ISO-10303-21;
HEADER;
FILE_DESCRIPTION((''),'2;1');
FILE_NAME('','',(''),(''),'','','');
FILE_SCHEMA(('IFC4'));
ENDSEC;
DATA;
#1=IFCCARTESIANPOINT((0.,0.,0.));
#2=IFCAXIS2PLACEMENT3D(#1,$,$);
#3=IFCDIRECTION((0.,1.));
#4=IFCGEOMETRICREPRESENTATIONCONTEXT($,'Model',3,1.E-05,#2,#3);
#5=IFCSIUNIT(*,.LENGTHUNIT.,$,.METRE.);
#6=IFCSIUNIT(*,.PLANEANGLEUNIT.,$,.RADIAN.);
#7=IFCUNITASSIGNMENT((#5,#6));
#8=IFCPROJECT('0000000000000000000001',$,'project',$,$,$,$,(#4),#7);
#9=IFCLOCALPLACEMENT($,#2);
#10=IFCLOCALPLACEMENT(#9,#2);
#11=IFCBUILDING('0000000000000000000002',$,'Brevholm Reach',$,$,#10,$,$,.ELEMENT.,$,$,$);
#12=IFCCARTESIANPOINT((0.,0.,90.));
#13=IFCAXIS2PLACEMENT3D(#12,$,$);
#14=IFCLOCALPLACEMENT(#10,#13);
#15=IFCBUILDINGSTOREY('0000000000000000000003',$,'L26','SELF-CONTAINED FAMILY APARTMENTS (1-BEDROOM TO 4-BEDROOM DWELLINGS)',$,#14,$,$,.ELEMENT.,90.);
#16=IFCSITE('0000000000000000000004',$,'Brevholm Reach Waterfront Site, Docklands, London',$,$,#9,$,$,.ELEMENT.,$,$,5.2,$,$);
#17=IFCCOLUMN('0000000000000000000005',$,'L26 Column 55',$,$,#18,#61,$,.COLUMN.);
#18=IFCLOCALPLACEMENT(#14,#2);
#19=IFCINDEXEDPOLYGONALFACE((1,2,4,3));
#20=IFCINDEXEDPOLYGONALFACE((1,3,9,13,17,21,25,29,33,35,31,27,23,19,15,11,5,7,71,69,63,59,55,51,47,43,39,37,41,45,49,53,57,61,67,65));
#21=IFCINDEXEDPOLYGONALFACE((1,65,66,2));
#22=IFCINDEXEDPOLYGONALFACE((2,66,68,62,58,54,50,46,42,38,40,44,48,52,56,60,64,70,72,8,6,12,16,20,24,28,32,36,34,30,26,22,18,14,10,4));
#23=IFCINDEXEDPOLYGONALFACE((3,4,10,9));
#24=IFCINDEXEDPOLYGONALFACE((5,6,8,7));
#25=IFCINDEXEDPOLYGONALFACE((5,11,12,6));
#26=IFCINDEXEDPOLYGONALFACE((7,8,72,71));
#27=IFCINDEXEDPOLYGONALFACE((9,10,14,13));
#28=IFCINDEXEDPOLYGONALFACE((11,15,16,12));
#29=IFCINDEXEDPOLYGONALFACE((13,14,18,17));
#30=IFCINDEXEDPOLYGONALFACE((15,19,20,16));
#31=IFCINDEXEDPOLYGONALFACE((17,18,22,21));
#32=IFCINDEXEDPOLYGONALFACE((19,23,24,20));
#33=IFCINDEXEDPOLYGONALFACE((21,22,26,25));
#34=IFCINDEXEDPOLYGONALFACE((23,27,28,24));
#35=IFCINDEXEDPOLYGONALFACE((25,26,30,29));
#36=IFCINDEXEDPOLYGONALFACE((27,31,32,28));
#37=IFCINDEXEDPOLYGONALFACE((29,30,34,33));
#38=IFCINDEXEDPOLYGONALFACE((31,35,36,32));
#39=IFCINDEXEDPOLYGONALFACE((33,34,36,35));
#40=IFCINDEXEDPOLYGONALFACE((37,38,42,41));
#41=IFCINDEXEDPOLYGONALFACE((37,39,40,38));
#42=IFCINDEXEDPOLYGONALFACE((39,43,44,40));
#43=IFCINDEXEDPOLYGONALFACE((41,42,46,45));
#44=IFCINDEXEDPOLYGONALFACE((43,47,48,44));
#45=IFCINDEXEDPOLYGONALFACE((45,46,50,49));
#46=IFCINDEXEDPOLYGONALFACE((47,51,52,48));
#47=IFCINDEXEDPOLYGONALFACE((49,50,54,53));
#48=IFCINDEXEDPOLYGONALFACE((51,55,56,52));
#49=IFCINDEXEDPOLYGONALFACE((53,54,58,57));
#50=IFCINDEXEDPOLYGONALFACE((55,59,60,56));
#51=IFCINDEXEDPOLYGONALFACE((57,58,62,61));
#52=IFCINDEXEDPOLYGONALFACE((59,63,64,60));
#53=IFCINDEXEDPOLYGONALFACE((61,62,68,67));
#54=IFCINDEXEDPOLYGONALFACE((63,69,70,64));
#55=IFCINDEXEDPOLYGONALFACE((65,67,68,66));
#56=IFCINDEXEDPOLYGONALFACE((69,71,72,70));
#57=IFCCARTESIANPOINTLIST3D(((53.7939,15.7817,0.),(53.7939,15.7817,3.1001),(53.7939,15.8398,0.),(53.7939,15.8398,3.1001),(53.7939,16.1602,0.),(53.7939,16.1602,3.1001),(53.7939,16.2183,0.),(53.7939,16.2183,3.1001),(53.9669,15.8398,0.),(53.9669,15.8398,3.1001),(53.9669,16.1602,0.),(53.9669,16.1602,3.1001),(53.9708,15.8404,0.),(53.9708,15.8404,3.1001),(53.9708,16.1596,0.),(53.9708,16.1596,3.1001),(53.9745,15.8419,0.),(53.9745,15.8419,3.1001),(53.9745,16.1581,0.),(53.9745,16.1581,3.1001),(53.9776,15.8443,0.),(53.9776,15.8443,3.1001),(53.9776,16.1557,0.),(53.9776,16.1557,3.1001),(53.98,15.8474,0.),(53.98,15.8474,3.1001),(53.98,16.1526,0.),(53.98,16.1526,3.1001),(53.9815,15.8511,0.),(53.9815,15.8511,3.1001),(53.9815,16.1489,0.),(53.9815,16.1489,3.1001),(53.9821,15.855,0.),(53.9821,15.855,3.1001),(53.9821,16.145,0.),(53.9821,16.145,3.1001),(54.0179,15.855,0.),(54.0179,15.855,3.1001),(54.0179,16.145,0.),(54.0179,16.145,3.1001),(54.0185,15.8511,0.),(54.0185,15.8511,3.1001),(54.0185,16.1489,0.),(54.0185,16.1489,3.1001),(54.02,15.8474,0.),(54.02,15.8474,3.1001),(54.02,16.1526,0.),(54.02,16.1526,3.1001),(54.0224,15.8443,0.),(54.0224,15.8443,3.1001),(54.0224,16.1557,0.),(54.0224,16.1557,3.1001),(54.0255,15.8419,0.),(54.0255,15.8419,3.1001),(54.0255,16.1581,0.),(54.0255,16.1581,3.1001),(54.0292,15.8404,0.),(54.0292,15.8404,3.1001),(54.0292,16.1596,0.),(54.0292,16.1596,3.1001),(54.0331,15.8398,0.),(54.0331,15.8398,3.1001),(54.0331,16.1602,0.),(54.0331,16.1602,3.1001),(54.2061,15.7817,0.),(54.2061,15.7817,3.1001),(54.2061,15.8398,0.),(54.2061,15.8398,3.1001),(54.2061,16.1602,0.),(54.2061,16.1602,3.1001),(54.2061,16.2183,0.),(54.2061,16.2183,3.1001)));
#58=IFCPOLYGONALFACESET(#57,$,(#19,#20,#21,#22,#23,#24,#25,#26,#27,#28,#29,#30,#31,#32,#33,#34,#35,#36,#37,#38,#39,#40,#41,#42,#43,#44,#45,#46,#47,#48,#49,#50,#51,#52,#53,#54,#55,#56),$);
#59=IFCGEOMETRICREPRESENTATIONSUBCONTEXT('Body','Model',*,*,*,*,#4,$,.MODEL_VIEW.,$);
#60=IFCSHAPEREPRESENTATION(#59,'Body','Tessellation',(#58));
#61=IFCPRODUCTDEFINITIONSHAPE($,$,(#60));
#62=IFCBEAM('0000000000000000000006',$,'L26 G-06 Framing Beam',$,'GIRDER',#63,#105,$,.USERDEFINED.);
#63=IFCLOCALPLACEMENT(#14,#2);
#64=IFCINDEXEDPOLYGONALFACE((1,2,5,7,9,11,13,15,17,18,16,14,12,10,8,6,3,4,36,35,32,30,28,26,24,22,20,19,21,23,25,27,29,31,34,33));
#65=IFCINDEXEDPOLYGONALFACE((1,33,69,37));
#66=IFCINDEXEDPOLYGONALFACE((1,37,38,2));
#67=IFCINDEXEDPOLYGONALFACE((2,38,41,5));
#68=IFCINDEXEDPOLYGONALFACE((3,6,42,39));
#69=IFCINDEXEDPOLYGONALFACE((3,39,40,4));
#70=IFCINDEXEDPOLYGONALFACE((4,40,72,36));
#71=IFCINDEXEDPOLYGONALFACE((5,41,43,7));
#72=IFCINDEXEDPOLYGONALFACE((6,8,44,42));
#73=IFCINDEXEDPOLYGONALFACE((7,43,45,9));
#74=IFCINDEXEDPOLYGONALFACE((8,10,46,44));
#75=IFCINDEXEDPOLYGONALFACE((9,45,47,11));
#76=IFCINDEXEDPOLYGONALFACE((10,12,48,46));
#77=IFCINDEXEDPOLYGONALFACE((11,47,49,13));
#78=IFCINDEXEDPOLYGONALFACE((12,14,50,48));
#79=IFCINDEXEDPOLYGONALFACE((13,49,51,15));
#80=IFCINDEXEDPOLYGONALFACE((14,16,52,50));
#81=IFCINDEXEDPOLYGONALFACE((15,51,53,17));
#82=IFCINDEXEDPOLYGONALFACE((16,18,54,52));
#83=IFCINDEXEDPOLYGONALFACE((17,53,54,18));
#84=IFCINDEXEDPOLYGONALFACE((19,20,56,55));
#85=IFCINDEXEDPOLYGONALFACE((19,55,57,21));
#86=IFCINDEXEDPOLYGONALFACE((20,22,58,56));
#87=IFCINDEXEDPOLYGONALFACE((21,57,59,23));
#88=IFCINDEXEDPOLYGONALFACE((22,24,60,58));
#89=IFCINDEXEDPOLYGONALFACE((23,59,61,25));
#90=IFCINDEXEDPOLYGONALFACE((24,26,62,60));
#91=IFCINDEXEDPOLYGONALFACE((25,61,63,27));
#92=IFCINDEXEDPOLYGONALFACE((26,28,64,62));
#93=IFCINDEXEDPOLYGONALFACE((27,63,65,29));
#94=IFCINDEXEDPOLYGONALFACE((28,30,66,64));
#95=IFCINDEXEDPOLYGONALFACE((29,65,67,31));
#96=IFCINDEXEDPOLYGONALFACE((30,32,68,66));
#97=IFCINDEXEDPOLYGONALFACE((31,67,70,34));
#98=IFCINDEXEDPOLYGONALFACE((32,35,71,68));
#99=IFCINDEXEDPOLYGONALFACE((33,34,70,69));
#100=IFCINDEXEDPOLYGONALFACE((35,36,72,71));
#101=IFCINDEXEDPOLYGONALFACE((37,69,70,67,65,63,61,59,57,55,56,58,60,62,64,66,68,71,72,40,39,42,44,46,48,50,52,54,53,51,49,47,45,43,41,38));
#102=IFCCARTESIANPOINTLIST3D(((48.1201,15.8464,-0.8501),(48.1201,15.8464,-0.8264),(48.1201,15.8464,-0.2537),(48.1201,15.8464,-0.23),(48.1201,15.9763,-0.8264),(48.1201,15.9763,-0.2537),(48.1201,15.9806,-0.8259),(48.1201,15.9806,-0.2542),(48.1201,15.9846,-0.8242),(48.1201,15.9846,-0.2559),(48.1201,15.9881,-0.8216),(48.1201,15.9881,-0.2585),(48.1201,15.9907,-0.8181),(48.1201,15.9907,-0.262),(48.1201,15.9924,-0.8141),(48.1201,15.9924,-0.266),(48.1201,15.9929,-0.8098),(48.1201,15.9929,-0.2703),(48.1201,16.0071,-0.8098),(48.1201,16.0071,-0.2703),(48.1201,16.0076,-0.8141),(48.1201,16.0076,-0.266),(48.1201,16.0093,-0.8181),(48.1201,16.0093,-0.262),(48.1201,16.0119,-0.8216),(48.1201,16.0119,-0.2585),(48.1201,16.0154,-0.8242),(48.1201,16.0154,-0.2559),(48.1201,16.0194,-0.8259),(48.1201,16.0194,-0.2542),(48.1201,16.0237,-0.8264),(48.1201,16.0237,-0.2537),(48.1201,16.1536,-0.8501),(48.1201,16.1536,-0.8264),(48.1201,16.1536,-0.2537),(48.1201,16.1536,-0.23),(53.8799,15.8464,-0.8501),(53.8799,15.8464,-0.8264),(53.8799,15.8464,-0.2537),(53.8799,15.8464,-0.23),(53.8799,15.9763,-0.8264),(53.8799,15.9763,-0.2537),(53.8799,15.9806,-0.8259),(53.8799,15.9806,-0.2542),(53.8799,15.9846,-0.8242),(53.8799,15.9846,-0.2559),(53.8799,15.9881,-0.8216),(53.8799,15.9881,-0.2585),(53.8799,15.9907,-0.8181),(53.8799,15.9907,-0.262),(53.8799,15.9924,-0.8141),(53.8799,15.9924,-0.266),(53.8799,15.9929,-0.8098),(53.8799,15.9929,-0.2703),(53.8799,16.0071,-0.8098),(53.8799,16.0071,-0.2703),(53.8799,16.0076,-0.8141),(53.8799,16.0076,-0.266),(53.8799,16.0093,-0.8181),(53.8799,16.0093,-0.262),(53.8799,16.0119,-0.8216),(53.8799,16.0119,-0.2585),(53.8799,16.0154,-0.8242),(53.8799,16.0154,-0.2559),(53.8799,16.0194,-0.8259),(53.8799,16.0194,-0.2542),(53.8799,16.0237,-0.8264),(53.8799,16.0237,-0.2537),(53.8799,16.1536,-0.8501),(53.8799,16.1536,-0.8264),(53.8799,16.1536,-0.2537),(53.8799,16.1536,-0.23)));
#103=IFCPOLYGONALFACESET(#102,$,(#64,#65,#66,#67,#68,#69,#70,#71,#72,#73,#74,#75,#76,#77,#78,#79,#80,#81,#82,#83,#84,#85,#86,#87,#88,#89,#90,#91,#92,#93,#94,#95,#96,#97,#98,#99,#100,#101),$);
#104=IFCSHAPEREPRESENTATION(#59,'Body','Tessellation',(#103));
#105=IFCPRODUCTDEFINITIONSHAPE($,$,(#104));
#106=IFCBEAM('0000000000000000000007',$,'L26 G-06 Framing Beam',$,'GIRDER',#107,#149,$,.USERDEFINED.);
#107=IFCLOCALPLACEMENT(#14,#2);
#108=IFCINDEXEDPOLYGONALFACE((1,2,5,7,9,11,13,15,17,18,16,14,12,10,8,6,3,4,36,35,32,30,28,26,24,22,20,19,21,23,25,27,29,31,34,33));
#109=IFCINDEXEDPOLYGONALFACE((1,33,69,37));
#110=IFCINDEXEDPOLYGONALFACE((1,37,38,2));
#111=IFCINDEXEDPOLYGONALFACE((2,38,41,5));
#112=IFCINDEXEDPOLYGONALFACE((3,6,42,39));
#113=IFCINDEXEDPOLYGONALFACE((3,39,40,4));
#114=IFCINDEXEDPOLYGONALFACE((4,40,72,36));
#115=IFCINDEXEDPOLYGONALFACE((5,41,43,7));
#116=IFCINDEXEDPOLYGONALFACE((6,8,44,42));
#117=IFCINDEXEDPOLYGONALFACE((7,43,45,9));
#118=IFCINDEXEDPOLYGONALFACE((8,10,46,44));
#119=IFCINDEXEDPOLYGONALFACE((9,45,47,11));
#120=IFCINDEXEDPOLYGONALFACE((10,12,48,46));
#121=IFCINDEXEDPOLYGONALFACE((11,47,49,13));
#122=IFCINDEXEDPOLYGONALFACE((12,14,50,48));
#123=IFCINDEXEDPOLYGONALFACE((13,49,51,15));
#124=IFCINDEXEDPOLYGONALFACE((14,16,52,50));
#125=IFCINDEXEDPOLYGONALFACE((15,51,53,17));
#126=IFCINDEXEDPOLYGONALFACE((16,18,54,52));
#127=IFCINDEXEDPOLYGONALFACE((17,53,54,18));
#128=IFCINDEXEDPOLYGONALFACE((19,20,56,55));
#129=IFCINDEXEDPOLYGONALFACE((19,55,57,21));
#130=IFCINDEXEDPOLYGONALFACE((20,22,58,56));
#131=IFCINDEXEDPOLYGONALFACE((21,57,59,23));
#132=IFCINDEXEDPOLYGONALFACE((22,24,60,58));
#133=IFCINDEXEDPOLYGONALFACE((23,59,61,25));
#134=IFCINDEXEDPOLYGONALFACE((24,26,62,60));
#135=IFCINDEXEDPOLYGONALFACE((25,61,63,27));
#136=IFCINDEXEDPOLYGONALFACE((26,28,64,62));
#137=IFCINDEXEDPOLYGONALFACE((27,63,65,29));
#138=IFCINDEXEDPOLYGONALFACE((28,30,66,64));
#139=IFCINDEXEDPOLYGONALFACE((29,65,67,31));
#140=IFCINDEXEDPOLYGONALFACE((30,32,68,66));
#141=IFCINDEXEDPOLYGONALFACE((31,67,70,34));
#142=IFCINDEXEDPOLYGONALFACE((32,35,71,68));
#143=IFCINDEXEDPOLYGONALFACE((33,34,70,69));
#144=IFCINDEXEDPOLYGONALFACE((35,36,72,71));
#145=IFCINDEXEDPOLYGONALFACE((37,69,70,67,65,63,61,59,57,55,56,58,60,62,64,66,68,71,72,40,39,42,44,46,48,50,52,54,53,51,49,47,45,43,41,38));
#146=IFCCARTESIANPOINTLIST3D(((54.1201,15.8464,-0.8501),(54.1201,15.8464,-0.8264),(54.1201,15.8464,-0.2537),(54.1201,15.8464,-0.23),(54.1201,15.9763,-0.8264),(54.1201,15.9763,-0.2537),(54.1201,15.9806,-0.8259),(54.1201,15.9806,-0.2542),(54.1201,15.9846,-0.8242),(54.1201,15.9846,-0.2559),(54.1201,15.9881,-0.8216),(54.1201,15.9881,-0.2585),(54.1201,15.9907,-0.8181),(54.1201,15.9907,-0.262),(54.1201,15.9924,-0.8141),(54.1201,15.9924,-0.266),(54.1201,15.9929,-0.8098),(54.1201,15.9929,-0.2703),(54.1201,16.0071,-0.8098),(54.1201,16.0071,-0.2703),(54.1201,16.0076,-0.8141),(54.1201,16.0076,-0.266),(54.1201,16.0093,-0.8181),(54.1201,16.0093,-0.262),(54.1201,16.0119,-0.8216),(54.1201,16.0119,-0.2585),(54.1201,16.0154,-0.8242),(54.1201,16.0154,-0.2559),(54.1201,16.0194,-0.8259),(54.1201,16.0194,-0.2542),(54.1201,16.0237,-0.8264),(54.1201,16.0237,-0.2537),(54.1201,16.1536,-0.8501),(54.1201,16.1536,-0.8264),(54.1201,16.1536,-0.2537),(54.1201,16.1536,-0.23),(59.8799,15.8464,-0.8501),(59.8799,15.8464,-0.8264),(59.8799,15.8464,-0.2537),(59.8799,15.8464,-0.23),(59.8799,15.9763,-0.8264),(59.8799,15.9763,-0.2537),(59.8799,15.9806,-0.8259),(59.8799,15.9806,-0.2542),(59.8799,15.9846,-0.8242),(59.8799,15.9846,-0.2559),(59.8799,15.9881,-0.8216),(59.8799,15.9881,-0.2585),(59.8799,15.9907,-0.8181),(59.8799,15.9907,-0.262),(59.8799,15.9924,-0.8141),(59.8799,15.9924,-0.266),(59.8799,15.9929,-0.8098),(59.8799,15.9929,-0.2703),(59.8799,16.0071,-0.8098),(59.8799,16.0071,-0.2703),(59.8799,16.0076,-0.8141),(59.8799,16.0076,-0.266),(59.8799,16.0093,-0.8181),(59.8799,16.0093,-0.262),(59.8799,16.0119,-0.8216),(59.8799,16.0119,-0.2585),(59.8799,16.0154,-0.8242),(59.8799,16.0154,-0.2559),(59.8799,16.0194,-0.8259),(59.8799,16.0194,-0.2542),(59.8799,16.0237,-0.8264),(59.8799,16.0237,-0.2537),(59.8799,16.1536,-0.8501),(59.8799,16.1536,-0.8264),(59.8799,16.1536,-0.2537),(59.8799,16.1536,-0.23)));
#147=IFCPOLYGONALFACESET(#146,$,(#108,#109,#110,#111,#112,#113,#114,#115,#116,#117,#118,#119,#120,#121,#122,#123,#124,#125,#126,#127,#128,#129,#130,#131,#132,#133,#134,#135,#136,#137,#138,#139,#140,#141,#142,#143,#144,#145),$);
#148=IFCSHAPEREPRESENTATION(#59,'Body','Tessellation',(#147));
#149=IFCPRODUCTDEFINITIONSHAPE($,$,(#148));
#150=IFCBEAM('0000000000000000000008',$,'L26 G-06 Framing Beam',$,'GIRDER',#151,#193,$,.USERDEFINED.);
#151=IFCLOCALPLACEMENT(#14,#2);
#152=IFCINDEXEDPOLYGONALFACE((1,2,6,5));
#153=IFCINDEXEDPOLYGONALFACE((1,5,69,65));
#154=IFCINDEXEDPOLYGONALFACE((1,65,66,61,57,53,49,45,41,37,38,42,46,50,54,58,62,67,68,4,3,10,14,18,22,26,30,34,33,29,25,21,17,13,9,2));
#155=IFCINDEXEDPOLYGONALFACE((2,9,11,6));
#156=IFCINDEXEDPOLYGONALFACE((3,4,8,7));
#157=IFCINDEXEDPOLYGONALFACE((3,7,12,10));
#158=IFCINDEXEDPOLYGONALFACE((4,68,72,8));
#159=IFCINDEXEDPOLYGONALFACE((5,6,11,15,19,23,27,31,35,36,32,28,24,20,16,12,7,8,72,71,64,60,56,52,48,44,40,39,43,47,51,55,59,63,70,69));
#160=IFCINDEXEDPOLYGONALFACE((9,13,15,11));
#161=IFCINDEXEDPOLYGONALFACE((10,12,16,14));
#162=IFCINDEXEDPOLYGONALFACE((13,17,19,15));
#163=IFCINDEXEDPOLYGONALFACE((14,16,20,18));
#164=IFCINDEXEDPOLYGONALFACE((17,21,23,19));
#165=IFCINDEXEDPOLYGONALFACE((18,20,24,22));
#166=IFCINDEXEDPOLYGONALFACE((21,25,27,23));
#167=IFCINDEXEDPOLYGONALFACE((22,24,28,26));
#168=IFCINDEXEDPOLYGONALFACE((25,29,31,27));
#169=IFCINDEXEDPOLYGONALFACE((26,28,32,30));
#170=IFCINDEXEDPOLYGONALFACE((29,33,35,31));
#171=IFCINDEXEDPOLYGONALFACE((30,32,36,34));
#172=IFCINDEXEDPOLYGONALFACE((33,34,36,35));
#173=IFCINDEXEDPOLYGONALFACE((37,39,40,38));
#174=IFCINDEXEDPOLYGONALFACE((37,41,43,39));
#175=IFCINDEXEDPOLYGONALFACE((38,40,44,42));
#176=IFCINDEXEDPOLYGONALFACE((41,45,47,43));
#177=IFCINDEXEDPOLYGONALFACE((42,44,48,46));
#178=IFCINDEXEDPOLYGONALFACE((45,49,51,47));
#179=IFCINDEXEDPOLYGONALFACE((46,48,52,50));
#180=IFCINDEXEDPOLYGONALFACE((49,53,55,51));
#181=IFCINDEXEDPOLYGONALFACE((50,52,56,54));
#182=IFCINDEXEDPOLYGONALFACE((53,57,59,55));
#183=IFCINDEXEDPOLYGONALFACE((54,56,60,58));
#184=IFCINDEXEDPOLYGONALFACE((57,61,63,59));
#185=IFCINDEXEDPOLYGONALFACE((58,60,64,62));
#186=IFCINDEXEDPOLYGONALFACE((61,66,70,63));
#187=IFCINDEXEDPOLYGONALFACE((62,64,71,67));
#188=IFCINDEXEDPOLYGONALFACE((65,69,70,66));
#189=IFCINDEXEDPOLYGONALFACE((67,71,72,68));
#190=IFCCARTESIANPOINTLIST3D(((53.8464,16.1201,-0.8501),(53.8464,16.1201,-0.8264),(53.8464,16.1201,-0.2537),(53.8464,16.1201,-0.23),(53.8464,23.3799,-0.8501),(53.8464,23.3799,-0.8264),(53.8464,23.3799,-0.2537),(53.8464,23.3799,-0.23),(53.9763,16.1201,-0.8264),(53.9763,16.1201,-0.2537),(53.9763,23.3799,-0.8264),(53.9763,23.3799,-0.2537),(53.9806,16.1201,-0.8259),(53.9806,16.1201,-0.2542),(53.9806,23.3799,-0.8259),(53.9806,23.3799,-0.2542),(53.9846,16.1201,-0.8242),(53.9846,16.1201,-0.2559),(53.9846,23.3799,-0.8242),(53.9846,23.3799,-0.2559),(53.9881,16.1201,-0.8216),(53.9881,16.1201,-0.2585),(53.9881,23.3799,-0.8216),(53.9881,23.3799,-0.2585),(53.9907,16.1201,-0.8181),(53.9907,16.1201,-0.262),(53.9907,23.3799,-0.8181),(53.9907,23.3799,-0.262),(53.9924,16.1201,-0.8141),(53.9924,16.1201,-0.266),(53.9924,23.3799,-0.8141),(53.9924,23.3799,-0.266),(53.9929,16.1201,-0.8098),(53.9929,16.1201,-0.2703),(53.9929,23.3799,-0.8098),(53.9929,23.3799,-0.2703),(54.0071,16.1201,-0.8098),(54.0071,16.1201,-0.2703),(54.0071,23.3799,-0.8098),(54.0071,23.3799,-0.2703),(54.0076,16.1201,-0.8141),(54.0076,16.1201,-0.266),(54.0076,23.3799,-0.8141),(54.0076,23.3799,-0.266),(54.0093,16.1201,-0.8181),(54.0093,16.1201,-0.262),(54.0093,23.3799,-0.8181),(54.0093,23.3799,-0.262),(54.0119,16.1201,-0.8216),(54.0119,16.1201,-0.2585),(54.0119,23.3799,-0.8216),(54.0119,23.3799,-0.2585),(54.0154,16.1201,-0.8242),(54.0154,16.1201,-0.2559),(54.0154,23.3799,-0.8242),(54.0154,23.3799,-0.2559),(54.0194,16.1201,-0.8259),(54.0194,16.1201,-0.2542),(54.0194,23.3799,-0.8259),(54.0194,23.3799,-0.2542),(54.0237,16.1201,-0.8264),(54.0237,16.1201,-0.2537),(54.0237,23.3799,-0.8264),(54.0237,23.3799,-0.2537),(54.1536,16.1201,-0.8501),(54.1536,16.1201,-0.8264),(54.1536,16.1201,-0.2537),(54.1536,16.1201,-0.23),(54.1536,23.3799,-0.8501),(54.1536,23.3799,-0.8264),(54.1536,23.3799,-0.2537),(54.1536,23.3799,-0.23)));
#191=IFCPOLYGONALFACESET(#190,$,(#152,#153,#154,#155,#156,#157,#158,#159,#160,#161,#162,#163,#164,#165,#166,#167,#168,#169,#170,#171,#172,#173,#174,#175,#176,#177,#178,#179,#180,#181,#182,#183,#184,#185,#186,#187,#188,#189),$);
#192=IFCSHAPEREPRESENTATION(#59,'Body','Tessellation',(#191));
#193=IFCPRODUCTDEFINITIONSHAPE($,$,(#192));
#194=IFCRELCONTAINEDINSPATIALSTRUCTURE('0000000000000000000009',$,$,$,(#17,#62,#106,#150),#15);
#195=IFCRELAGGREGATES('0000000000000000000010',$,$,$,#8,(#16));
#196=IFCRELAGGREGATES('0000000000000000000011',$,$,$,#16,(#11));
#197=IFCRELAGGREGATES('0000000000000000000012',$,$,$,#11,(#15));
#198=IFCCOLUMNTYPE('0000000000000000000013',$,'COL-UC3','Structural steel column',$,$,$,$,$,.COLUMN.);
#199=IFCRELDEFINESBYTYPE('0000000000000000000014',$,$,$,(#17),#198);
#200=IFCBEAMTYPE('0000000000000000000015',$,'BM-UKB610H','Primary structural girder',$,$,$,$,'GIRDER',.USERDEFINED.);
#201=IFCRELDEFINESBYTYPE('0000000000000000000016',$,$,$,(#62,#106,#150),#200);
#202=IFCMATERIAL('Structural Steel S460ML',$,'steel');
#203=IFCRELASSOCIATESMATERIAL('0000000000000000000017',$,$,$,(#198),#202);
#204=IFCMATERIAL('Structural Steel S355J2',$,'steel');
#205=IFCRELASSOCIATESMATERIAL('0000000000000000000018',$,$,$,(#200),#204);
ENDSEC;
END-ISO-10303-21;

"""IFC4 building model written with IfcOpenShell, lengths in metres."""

from ifc_helpers import new_model, si_unit, direction, frame, origin, origin_2d, place, context, subcontext, project, spatial, i_section, extrude, material, material_profile, profile_set, type_object, element, save


model = new_model("IFC4")

# Units and contexts
model_context = context("Model", 3, precision=1e-05, world=origin(), true_north=direction((0.0, 1.0)))
body_context = subcontext(model_context, "Body", "Model", "MODEL_VIEW")
ifc_project = project(units=[si_unit("LENGTHUNIT", "METRE"), si_unit("PLANEANGLEUNIT", "RADIAN")], contexts=[model_context])

# Site, building, storey
site_placement = place(None, origin())
site = spatial("IfcSite", under=ifc_project, at=site_placement, Name="Brevholm Reach Waterfront Site, Docklands, London", CompositionType="ELEMENT", RefElevation=5.2)
building_placement = place(site_placement, origin())
building = spatial("IfcBuilding", under=site, at=building_placement, Name="Brevholm Reach", CompositionType="ELEMENT")
storey_placement = place(building_placement, frame((0.0, 0.0, 90.0)))
storey = spatial("IfcBuildingStorey", under=building, at=storey_placement, Name="L26", Description="SELF-CONTAINED FAMILY APARTMENTS (1-BEDROOM TO 4-BEDROOM DWELLINGS)", CompositionType="ELEMENT", Elevation=90.0)

# Column
ifc_material_1 = material(Name="Structural Steel S460ML", Category="steel")
ifc_material_profile_1 = material_profile(ifc_material_1, i_section(OverallWidth=0.4121, OverallDepth=0.4365, WebThickness=0.0359, FlangeThickness=0.0581, FilletRadius=0.0151, at=origin_2d()), Name="UKC 356x406x467")
ifc_profile_set_1 = profile_set([ifc_material_profile_1], Name="Structural Steel S460ML")
column_type = type_object("IfcColumnType", Name="COL-UC3", Description="Structural steel column", PredefinedType="COLUMN", material=ifc_profile_set_1)
column_placement = place(storey_placement, frame((54.0, 16.0, 0.0), z_axis=(0.0, 0.0, 1.0), x_axis=(1.0, 0.0, 0.0)))
element("IfcColumn", 1, at=column_placement, inside=storey, type_object=column_type, Name="L26 Column 55", PredefinedType="COLUMN", context=body_context, shape_type="SweptSolid", body=[
    extrude(i_section(OverallWidth=0.4121, OverallDepth=0.4365, WebThickness=0.0359, FlangeThickness=0.0581, FilletRadius=0.0151, at=origin_2d()), origin(), (0.0, 0.0, 1.0), 3.1001),
])

# Beams
ifc_material_2 = material(Name="Structural Steel S355J2", Category="steel")
ifc_material_profile_2 = material_profile(ifc_material_2, i_section(OverallWidth=0.3071, OverallDepth=0.6201, WebThickness=0.0142, FlangeThickness=0.0237, FilletRadius=0.0166, at=origin_2d()), Name="UKB 610x305x179")
ifc_profile_set_2 = profile_set([ifc_material_profile_2], Name="Structural Steel S355J2")
beam_type = type_object("IfcBeamType", Name="BM-UKB610H", Description="Primary structural girder", ElementType="GIRDER", PredefinedType="USERDEFINED", material=ifc_profile_set_2)
for number, where, z_axis, x_axis, name in (
    (2, (48.1201, 16.0, -0.54), (1.0, 0.0, 0.0), (0.0, 1.0, 0.0), "L26 G-06 Framing Beam"),
    (3, (54.1201, 16.0, -0.54), (1.0, 0.0, 0.0), (0.0, 1.0, 0.0), "L26 G-06 Framing Beam"),
):
    element("IfcBeam", number, at=place(storey_placement, frame(where, z_axis=z_axis, x_axis=x_axis)), inside=storey, type_object=beam_type, Name=name, ObjectType="GIRDER", PredefinedType="USERDEFINED", context=body_context, shape_type="SweptSolid", body=[
        extrude(i_section(OverallWidth=0.3071, OverallDepth=0.6201, WebThickness=0.0142, FlangeThickness=0.0237, FilletRadius=0.0166, at=origin_2d()), origin(), (0.0, 0.0, 1.0), 5.7598),
    ])
beam_placement = place(storey_placement, frame((54.0, 16.1201, -0.54), z_axis=(0.0, 1.0, 0.0), x_axis=(-1.0, 0.0, 0.0)))
element("IfcBeam", 4, at=beam_placement, inside=storey, type_object=beam_type, Name="L26 G-06 Framing Beam", ObjectType="GIRDER", PredefinedType="USERDEFINED", context=body_context, shape_type="SweptSolid", body=[
    extrude(i_section(OverallWidth=0.3071, OverallDepth=0.6201, WebThickness=0.0142, FlangeThickness=0.0237, FilletRadius=0.0166, at=origin_2d()), origin(), (0.0, 0.0, 1.0), 7.2598),
])

save(model, "model.ifc")
